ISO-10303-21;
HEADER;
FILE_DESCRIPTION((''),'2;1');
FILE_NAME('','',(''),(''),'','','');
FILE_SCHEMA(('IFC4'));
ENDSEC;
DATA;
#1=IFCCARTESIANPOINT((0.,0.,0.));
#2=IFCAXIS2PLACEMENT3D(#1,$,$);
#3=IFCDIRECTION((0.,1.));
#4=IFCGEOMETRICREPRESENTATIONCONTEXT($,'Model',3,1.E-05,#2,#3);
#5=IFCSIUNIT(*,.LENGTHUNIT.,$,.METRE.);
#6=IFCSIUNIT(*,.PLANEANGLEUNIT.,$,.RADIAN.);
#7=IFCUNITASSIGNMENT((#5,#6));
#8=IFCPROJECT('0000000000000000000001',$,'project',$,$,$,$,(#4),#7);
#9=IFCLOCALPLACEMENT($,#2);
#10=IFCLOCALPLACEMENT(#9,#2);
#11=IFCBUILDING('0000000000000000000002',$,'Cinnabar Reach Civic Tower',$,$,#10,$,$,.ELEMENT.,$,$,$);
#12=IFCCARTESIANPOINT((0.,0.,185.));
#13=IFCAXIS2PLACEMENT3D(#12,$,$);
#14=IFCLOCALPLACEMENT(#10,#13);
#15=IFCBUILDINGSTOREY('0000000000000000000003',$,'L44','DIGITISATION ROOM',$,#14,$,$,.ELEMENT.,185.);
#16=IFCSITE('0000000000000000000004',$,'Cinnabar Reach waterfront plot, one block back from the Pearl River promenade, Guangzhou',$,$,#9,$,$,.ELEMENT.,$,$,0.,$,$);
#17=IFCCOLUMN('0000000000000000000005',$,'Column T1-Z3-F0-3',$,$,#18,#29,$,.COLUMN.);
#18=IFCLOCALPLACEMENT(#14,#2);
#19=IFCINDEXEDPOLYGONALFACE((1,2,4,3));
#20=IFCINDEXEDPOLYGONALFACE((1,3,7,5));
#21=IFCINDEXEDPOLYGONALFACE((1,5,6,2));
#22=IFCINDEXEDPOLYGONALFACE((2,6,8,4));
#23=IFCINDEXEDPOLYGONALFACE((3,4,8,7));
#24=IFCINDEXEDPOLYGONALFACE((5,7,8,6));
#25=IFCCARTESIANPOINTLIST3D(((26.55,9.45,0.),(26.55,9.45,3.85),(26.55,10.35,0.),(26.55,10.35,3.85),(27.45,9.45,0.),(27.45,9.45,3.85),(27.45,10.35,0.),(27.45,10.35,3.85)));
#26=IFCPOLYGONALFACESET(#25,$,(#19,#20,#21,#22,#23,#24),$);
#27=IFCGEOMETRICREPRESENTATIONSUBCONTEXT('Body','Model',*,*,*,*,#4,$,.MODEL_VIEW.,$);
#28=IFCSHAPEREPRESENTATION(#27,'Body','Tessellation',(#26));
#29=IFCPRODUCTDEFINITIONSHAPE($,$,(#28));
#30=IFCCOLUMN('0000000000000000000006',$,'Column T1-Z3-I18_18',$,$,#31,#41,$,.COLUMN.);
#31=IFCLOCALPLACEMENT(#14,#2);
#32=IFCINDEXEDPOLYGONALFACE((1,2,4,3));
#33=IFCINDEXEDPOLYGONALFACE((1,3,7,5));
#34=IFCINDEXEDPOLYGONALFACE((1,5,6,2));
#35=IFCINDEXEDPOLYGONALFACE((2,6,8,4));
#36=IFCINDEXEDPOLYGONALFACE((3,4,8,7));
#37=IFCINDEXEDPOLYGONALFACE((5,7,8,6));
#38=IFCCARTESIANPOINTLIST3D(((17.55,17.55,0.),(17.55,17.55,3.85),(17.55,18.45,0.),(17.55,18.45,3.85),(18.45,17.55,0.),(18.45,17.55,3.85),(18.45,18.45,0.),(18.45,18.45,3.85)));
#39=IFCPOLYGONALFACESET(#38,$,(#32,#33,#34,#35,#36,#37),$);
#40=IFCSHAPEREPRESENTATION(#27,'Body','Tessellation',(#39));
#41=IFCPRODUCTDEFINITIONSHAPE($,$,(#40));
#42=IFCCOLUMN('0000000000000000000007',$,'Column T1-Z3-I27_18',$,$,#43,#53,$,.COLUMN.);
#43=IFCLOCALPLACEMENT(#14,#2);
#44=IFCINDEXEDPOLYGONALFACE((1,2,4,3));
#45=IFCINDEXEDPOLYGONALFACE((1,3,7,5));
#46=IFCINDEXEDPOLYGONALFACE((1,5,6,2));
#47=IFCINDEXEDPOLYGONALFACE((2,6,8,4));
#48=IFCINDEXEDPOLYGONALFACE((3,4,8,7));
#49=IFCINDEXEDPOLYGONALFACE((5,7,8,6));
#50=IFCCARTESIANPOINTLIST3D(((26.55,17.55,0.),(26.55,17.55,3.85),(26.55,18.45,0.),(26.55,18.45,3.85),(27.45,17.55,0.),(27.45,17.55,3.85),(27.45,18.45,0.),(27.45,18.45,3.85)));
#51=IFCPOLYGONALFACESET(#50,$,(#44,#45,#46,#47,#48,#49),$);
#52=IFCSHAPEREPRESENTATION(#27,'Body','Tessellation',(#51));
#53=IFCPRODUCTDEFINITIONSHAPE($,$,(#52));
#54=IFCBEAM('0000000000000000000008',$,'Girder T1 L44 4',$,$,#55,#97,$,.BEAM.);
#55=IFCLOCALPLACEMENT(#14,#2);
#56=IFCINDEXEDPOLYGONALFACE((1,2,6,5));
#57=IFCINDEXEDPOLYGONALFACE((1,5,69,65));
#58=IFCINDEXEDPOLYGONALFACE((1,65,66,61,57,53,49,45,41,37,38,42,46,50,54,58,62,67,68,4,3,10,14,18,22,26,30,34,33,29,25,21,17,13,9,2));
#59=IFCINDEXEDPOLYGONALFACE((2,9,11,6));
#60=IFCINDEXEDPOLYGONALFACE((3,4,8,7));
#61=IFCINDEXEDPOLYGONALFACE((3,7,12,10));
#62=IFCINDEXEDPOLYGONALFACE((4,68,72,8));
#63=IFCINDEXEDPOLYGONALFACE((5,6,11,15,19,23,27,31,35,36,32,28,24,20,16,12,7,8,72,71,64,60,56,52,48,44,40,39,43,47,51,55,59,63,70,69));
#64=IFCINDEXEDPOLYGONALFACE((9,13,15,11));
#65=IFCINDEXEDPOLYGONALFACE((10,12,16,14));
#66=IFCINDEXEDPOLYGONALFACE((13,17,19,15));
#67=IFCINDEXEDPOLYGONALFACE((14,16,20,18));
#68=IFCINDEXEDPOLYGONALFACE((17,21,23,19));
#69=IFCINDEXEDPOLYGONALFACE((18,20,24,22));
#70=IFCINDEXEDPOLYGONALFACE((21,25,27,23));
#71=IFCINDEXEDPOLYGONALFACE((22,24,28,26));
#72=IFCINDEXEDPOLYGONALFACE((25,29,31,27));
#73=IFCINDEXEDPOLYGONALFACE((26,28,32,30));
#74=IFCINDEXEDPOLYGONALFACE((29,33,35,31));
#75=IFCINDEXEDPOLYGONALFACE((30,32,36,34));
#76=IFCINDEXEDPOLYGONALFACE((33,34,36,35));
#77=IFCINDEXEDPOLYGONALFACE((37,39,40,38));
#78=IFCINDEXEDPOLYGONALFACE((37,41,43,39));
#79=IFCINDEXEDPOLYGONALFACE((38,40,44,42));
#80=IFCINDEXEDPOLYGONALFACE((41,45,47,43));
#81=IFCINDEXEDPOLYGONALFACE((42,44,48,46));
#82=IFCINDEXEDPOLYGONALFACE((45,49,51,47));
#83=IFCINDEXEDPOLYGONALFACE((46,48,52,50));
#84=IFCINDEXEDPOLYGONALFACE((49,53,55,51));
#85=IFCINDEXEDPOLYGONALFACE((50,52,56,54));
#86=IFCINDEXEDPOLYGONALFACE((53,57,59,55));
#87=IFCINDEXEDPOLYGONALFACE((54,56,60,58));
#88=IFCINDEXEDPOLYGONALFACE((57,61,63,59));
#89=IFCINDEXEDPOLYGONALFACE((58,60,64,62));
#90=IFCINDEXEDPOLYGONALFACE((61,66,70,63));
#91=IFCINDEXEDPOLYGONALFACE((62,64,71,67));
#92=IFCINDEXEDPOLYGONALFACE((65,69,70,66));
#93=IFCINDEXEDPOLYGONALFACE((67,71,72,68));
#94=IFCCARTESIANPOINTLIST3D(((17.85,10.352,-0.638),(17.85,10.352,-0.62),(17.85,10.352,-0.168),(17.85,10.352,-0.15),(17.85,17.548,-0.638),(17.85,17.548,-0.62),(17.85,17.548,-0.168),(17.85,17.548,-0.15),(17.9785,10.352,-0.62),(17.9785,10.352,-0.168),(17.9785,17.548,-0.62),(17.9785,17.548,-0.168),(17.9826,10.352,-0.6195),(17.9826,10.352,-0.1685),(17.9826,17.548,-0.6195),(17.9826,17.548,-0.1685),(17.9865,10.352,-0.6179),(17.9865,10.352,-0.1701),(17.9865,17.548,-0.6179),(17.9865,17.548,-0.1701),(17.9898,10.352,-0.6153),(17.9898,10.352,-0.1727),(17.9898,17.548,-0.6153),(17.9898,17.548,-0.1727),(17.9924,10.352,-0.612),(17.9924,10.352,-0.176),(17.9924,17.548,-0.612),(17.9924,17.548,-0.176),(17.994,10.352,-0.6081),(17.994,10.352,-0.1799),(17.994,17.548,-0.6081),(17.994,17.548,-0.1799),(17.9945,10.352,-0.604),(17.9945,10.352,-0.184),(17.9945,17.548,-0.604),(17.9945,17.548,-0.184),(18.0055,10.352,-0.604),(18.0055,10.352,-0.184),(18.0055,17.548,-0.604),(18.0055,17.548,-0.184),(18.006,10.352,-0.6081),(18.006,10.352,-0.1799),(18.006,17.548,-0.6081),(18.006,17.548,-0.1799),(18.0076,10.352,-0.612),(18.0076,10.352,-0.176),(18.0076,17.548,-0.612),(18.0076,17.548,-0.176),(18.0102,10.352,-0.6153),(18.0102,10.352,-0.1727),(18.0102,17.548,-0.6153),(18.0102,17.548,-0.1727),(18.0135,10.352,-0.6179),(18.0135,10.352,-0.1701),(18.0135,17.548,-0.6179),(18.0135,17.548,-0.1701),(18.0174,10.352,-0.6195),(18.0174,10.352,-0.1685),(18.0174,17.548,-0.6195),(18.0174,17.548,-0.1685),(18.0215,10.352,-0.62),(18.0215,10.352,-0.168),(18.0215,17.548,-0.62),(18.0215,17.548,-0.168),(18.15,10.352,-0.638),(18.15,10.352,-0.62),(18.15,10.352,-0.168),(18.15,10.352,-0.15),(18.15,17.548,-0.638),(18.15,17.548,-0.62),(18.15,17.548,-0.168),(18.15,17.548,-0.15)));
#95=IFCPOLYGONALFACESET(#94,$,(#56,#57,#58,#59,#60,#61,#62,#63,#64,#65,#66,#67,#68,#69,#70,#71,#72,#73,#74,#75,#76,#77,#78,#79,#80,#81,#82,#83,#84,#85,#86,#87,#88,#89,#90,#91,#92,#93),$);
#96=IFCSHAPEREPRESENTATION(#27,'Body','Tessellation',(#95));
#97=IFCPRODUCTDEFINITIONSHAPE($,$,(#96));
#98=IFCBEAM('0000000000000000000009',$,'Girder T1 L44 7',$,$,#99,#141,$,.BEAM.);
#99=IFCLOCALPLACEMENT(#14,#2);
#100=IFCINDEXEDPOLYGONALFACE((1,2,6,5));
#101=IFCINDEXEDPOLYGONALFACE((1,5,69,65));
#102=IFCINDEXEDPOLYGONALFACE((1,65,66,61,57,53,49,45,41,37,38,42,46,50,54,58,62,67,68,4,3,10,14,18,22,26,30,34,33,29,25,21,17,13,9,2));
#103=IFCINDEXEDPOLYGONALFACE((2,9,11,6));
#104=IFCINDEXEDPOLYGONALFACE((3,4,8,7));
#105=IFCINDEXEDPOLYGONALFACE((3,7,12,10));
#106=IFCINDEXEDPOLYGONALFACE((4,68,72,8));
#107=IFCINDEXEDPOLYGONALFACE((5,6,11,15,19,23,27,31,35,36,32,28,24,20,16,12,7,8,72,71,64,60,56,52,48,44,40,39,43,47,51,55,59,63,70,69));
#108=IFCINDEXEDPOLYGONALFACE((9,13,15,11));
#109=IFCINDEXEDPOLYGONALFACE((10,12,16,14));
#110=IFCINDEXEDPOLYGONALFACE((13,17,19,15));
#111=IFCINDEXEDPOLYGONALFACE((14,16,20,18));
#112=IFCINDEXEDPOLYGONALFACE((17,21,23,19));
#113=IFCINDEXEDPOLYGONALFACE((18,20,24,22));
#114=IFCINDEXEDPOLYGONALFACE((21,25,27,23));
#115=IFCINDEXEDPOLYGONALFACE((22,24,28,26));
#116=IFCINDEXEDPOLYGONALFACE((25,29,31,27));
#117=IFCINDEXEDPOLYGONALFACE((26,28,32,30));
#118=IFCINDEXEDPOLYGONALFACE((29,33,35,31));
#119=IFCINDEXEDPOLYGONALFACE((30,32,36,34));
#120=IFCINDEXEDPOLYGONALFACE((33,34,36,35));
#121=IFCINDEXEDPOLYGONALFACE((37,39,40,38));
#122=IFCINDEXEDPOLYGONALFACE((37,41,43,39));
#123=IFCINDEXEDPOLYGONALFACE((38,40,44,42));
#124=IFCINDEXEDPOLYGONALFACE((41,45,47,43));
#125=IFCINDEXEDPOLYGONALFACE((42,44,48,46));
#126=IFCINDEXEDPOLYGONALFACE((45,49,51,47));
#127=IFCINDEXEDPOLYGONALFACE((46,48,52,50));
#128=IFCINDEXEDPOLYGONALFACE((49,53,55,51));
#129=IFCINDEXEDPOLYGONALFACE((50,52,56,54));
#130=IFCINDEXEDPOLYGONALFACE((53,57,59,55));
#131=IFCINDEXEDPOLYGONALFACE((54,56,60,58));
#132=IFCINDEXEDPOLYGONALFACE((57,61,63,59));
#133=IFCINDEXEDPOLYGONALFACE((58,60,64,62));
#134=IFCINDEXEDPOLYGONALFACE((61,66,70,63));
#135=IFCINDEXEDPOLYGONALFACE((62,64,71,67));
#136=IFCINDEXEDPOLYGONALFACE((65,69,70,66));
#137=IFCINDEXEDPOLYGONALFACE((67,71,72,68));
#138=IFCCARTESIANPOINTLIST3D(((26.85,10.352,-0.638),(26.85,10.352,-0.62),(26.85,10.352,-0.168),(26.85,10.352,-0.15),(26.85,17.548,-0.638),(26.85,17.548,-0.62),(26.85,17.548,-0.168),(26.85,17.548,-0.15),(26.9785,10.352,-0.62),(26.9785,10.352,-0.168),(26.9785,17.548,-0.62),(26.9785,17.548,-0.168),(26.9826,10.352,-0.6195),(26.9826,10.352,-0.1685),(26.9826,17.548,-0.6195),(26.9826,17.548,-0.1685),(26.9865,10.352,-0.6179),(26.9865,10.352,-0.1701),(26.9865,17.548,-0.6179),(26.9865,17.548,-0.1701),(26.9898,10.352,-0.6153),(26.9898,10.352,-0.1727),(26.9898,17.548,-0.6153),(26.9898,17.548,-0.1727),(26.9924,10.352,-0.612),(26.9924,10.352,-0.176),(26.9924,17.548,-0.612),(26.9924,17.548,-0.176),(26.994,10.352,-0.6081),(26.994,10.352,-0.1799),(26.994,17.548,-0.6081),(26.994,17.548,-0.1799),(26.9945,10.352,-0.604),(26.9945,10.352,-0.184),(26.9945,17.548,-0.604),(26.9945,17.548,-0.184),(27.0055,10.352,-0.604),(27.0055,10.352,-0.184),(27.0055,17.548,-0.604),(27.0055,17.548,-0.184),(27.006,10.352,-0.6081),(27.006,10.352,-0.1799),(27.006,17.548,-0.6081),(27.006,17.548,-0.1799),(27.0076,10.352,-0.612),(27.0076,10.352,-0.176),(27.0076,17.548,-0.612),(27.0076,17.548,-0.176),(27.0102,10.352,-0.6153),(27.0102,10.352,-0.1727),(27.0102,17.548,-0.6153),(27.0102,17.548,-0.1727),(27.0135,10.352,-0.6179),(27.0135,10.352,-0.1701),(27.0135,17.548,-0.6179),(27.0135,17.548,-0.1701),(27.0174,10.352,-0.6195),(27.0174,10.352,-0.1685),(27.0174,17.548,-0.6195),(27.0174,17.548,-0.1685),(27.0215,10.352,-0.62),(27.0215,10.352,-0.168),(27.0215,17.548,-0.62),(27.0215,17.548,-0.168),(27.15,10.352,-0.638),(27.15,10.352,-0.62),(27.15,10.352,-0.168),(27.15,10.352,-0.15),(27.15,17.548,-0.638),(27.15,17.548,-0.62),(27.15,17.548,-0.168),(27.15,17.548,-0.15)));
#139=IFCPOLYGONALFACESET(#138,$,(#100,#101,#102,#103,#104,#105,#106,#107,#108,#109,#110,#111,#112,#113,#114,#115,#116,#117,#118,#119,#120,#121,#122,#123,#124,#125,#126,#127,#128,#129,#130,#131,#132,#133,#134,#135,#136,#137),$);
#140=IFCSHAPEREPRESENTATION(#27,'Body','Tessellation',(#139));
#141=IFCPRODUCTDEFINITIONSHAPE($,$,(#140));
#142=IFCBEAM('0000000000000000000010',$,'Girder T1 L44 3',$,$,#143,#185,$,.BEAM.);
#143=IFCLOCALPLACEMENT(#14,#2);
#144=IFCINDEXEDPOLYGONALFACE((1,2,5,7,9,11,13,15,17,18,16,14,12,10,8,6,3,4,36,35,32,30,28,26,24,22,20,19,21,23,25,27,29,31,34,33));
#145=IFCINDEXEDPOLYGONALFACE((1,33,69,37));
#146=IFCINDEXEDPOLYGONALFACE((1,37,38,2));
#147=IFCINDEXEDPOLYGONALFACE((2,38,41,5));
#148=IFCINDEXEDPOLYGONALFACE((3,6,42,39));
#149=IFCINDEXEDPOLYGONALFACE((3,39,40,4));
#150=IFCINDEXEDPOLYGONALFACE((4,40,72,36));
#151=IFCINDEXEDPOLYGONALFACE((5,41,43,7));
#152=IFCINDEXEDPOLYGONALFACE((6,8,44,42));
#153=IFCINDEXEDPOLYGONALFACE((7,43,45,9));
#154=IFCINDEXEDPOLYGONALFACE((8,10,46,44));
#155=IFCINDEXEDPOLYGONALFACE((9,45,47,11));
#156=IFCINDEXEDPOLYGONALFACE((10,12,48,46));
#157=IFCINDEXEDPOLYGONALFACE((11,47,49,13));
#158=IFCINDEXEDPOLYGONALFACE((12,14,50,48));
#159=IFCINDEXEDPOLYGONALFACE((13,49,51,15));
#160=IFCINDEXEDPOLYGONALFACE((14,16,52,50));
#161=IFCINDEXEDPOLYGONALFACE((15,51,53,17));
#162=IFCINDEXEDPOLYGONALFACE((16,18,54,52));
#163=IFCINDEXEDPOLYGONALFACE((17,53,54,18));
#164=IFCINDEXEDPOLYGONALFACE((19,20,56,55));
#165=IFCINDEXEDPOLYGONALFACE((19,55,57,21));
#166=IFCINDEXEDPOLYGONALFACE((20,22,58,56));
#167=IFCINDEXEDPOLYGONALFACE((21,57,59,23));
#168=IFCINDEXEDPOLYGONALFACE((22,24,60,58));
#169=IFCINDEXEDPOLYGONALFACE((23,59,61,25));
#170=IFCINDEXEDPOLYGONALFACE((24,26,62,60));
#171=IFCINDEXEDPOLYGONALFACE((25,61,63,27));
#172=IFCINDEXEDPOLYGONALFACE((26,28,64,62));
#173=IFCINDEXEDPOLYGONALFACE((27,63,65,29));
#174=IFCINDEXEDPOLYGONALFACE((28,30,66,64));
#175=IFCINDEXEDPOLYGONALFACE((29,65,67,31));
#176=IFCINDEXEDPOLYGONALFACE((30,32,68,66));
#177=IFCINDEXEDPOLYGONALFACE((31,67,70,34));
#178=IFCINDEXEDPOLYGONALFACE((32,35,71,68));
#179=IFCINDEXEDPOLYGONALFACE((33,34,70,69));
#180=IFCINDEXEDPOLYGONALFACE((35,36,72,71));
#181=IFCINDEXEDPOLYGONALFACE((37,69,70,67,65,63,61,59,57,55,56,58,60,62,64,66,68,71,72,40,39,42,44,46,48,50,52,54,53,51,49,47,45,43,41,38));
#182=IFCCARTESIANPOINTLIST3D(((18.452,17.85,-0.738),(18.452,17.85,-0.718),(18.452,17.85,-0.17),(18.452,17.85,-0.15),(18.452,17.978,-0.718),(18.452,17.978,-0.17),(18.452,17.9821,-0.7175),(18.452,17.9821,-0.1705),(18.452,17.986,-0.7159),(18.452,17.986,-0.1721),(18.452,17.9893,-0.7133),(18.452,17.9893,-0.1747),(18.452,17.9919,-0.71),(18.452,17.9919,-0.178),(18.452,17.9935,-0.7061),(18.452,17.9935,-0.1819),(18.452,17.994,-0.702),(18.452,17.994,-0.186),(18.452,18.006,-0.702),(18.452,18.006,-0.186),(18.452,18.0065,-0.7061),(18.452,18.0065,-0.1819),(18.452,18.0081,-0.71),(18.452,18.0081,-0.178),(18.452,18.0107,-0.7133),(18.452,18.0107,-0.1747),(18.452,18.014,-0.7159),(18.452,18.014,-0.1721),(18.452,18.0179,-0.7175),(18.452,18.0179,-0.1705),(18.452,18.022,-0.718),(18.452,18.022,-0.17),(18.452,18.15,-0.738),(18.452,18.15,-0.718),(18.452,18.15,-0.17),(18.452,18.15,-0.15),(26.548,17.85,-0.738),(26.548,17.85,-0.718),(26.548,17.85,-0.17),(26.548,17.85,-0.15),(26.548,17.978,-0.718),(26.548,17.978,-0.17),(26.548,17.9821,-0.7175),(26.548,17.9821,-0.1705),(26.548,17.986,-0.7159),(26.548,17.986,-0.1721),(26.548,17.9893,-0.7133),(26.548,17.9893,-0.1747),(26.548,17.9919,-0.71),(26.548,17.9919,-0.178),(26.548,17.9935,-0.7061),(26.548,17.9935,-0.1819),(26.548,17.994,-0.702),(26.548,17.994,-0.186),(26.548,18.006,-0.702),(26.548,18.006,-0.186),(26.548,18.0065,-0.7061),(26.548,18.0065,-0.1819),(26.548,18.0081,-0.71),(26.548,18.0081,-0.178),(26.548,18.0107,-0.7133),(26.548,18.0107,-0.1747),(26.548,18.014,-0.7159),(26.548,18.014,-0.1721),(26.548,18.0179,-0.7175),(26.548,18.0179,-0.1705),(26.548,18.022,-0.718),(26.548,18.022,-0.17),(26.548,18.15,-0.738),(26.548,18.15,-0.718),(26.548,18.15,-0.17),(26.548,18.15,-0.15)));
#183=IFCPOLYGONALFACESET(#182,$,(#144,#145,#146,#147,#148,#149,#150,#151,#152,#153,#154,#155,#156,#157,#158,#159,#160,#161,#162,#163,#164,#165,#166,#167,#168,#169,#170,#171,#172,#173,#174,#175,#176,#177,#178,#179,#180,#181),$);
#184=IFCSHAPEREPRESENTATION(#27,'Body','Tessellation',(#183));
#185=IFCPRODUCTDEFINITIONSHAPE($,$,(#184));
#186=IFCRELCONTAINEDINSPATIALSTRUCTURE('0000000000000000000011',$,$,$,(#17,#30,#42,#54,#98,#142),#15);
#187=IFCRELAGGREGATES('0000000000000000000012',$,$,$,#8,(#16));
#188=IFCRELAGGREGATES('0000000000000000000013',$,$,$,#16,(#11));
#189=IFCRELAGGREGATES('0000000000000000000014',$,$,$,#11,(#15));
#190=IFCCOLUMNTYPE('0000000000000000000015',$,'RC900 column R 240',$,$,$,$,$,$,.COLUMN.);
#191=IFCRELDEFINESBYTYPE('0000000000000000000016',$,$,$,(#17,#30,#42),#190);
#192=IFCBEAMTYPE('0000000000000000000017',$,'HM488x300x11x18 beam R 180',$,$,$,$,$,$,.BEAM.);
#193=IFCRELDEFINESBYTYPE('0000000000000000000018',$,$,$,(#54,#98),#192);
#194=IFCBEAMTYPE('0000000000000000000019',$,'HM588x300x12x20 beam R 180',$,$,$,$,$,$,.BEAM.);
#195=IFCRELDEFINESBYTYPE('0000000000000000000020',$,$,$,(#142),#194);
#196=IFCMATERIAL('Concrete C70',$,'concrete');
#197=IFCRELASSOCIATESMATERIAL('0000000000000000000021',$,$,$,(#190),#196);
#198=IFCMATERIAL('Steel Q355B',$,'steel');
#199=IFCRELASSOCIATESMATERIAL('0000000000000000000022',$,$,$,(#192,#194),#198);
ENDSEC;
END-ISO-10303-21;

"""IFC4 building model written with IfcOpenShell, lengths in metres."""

from ifc_helpers import new_model, si_unit, direction, frame, origin, origin_2d, place, context, subcontext, project, spatial, rectangle, i_section, extrude, material, material_profile, profile_set, type_object, element, save


model = new_model("IFC4")

# Units and contexts
model_context = context("Model", 3, precision=1e-05, world=origin(), true_north=direction((0.0, 1.0)))
body_context = subcontext(model_context, "Body", "Model", "MODEL_VIEW")
ifc_project = project(units=[si_unit("LENGTHUNIT", "METRE"), si_unit("PLANEANGLEUNIT", "RADIAN")], contexts=[model_context])

# Site, building, storey
site_placement = place(None, origin())
site = spatial("IfcSite", under=ifc_project, at=site_placement, Name="Cinnabar Reach waterfront plot, one block back from the Pearl River promenade, Guangzhou", CompositionType="ELEMENT", RefElevation=0.0)
building_placement = place(site_placement, origin())
building = spatial("IfcBuilding", under=site, at=building_placement, Name="Cinnabar Reach Civic Tower", CompositionType="ELEMENT")
storey_placement = place(building_placement, frame((0.0, 0.0, 185.0)))
storey = spatial("IfcBuildingStorey", under=building, at=storey_placement, Name="L44", Description="DIGITISATION ROOM", CompositionType="ELEMENT", Elevation=185.0)

# Columns
ifc_material_1 = material(Name="Concrete C70", Category="concrete")
ifc_material_profile_1 = material_profile(ifc_material_1, rectangle(XDim=0.9, YDim=0.9, at=origin_2d()), Name="RC900")
ifc_profile_set_1 = profile_set([ifc_material_profile_1], Name="Concrete C70")
column_type = type_object("IfcColumnType", Name="RC900 column R 240", PredefinedType="COLUMN", material=ifc_profile_set_1)
for number, where, z_axis, x_axis, name in (
    (1, (27.0, 9.9, 0.0), (0.0, 0.0, 1.0), (1.0, 0.0, 0.0), "Column T1-Z3-F0-3"),
    (2, (18.0, 18.0, 0.0), (0.0, 0.0, 1.0), (1.0, 0.0, 0.0), "Column T1-Z3-I18_18"),
    (3, (27.0, 18.0, 0.0), (0.0, 0.0, 1.0), (1.0, 0.0, 0.0), "Column T1-Z3-I27_18"),
):
    element("IfcColumn", number, at=place(storey_placement, frame(where, z_axis=z_axis, x_axis=x_axis)), inside=storey, type_object=column_type, Name=name, PredefinedType="COLUMN", context=body_context, shape_type="SweptSolid", body=[
        extrude(rectangle(XDim=0.9, YDim=0.9, at=origin_2d()), origin(), (0.0, 0.0, 1.0), 3.85),
    ])

# Beams
ifc_material_2 = material(Name="Steel Q355B", Category="steel")
ifc_material_profile_2 = material_profile(ifc_material_2, i_section(OverallWidth=0.3, OverallDepth=0.488, WebThickness=0.011, FlangeThickness=0.018, FilletRadius=0.016, at=origin_2d()), Name="HM488x300x11x18")
ifc_profile_set_2 = profile_set([ifc_material_profile_2], Name="Steel Q355B")
beam_type_1 = type_object("IfcBeamType", Name="HM488x300x11x18 beam R 180", PredefinedType="BEAM", material=ifc_profile_set_2)
for number, where, z_axis, x_axis, name in (
    (4, (18.0, 10.352, -0.394), (0.0, 1.0, 0.0), (-1.0, 0.0, 0.0), "Girder T1 L44 4"),
    (5, (27.0, 10.352, -0.394), (0.0, 1.0, 0.0), (-1.0, 0.0, 0.0), "Girder T1 L44 7"),
):
    element("IfcBeam", number, at=place(storey_placement, frame(where, z_axis=z_axis, x_axis=x_axis)), inside=storey, type_object=beam_type_1, Name=name, PredefinedType="BEAM", context=body_context, shape_type="SweptSolid", body=[
        extrude(i_section(OverallWidth=0.3, OverallDepth=0.488, WebThickness=0.011, FlangeThickness=0.018, FilletRadius=0.016, at=origin_2d()), origin(), (0.0, 0.0, 1.0), 7.196),
    ])
ifc_material_profile_3 = material_profile(ifc_material_2, i_section(OverallWidth=0.3, OverallDepth=0.588, WebThickness=0.012, FlangeThickness=0.02, FilletRadius=0.016, at=origin_2d()), Name="HM588x300x12x20")
ifc_profile_set_3 = profile_set([ifc_material_profile_3], Name="Steel Q355B")
beam_type_2 = type_object("IfcBeamType", Name="HM588x300x12x20 beam R 180", PredefinedType="BEAM", material=ifc_profile_set_3)
beam_1_placement = place(storey_placement, frame((18.452, 18.0, -0.444), z_axis=(1.0, 0.0, 0.0), x_axis=(0.0, 1.0, 0.0)))
element("IfcBeam", 6, at=beam_1_placement, inside=storey, type_object=beam_type_2, Name="Girder T1 L44 3", PredefinedType="BEAM", context=body_context, shape_type="SweptSolid", body=[
    extrude(i_section(OverallWidth=0.3, OverallDepth=0.588, WebThickness=0.012, FlangeThickness=0.02, FilletRadius=0.016, at=origin_2d()), origin(), (0.0, 0.0, 1.0), 8.096),
])

save(model, "model.ifc")
